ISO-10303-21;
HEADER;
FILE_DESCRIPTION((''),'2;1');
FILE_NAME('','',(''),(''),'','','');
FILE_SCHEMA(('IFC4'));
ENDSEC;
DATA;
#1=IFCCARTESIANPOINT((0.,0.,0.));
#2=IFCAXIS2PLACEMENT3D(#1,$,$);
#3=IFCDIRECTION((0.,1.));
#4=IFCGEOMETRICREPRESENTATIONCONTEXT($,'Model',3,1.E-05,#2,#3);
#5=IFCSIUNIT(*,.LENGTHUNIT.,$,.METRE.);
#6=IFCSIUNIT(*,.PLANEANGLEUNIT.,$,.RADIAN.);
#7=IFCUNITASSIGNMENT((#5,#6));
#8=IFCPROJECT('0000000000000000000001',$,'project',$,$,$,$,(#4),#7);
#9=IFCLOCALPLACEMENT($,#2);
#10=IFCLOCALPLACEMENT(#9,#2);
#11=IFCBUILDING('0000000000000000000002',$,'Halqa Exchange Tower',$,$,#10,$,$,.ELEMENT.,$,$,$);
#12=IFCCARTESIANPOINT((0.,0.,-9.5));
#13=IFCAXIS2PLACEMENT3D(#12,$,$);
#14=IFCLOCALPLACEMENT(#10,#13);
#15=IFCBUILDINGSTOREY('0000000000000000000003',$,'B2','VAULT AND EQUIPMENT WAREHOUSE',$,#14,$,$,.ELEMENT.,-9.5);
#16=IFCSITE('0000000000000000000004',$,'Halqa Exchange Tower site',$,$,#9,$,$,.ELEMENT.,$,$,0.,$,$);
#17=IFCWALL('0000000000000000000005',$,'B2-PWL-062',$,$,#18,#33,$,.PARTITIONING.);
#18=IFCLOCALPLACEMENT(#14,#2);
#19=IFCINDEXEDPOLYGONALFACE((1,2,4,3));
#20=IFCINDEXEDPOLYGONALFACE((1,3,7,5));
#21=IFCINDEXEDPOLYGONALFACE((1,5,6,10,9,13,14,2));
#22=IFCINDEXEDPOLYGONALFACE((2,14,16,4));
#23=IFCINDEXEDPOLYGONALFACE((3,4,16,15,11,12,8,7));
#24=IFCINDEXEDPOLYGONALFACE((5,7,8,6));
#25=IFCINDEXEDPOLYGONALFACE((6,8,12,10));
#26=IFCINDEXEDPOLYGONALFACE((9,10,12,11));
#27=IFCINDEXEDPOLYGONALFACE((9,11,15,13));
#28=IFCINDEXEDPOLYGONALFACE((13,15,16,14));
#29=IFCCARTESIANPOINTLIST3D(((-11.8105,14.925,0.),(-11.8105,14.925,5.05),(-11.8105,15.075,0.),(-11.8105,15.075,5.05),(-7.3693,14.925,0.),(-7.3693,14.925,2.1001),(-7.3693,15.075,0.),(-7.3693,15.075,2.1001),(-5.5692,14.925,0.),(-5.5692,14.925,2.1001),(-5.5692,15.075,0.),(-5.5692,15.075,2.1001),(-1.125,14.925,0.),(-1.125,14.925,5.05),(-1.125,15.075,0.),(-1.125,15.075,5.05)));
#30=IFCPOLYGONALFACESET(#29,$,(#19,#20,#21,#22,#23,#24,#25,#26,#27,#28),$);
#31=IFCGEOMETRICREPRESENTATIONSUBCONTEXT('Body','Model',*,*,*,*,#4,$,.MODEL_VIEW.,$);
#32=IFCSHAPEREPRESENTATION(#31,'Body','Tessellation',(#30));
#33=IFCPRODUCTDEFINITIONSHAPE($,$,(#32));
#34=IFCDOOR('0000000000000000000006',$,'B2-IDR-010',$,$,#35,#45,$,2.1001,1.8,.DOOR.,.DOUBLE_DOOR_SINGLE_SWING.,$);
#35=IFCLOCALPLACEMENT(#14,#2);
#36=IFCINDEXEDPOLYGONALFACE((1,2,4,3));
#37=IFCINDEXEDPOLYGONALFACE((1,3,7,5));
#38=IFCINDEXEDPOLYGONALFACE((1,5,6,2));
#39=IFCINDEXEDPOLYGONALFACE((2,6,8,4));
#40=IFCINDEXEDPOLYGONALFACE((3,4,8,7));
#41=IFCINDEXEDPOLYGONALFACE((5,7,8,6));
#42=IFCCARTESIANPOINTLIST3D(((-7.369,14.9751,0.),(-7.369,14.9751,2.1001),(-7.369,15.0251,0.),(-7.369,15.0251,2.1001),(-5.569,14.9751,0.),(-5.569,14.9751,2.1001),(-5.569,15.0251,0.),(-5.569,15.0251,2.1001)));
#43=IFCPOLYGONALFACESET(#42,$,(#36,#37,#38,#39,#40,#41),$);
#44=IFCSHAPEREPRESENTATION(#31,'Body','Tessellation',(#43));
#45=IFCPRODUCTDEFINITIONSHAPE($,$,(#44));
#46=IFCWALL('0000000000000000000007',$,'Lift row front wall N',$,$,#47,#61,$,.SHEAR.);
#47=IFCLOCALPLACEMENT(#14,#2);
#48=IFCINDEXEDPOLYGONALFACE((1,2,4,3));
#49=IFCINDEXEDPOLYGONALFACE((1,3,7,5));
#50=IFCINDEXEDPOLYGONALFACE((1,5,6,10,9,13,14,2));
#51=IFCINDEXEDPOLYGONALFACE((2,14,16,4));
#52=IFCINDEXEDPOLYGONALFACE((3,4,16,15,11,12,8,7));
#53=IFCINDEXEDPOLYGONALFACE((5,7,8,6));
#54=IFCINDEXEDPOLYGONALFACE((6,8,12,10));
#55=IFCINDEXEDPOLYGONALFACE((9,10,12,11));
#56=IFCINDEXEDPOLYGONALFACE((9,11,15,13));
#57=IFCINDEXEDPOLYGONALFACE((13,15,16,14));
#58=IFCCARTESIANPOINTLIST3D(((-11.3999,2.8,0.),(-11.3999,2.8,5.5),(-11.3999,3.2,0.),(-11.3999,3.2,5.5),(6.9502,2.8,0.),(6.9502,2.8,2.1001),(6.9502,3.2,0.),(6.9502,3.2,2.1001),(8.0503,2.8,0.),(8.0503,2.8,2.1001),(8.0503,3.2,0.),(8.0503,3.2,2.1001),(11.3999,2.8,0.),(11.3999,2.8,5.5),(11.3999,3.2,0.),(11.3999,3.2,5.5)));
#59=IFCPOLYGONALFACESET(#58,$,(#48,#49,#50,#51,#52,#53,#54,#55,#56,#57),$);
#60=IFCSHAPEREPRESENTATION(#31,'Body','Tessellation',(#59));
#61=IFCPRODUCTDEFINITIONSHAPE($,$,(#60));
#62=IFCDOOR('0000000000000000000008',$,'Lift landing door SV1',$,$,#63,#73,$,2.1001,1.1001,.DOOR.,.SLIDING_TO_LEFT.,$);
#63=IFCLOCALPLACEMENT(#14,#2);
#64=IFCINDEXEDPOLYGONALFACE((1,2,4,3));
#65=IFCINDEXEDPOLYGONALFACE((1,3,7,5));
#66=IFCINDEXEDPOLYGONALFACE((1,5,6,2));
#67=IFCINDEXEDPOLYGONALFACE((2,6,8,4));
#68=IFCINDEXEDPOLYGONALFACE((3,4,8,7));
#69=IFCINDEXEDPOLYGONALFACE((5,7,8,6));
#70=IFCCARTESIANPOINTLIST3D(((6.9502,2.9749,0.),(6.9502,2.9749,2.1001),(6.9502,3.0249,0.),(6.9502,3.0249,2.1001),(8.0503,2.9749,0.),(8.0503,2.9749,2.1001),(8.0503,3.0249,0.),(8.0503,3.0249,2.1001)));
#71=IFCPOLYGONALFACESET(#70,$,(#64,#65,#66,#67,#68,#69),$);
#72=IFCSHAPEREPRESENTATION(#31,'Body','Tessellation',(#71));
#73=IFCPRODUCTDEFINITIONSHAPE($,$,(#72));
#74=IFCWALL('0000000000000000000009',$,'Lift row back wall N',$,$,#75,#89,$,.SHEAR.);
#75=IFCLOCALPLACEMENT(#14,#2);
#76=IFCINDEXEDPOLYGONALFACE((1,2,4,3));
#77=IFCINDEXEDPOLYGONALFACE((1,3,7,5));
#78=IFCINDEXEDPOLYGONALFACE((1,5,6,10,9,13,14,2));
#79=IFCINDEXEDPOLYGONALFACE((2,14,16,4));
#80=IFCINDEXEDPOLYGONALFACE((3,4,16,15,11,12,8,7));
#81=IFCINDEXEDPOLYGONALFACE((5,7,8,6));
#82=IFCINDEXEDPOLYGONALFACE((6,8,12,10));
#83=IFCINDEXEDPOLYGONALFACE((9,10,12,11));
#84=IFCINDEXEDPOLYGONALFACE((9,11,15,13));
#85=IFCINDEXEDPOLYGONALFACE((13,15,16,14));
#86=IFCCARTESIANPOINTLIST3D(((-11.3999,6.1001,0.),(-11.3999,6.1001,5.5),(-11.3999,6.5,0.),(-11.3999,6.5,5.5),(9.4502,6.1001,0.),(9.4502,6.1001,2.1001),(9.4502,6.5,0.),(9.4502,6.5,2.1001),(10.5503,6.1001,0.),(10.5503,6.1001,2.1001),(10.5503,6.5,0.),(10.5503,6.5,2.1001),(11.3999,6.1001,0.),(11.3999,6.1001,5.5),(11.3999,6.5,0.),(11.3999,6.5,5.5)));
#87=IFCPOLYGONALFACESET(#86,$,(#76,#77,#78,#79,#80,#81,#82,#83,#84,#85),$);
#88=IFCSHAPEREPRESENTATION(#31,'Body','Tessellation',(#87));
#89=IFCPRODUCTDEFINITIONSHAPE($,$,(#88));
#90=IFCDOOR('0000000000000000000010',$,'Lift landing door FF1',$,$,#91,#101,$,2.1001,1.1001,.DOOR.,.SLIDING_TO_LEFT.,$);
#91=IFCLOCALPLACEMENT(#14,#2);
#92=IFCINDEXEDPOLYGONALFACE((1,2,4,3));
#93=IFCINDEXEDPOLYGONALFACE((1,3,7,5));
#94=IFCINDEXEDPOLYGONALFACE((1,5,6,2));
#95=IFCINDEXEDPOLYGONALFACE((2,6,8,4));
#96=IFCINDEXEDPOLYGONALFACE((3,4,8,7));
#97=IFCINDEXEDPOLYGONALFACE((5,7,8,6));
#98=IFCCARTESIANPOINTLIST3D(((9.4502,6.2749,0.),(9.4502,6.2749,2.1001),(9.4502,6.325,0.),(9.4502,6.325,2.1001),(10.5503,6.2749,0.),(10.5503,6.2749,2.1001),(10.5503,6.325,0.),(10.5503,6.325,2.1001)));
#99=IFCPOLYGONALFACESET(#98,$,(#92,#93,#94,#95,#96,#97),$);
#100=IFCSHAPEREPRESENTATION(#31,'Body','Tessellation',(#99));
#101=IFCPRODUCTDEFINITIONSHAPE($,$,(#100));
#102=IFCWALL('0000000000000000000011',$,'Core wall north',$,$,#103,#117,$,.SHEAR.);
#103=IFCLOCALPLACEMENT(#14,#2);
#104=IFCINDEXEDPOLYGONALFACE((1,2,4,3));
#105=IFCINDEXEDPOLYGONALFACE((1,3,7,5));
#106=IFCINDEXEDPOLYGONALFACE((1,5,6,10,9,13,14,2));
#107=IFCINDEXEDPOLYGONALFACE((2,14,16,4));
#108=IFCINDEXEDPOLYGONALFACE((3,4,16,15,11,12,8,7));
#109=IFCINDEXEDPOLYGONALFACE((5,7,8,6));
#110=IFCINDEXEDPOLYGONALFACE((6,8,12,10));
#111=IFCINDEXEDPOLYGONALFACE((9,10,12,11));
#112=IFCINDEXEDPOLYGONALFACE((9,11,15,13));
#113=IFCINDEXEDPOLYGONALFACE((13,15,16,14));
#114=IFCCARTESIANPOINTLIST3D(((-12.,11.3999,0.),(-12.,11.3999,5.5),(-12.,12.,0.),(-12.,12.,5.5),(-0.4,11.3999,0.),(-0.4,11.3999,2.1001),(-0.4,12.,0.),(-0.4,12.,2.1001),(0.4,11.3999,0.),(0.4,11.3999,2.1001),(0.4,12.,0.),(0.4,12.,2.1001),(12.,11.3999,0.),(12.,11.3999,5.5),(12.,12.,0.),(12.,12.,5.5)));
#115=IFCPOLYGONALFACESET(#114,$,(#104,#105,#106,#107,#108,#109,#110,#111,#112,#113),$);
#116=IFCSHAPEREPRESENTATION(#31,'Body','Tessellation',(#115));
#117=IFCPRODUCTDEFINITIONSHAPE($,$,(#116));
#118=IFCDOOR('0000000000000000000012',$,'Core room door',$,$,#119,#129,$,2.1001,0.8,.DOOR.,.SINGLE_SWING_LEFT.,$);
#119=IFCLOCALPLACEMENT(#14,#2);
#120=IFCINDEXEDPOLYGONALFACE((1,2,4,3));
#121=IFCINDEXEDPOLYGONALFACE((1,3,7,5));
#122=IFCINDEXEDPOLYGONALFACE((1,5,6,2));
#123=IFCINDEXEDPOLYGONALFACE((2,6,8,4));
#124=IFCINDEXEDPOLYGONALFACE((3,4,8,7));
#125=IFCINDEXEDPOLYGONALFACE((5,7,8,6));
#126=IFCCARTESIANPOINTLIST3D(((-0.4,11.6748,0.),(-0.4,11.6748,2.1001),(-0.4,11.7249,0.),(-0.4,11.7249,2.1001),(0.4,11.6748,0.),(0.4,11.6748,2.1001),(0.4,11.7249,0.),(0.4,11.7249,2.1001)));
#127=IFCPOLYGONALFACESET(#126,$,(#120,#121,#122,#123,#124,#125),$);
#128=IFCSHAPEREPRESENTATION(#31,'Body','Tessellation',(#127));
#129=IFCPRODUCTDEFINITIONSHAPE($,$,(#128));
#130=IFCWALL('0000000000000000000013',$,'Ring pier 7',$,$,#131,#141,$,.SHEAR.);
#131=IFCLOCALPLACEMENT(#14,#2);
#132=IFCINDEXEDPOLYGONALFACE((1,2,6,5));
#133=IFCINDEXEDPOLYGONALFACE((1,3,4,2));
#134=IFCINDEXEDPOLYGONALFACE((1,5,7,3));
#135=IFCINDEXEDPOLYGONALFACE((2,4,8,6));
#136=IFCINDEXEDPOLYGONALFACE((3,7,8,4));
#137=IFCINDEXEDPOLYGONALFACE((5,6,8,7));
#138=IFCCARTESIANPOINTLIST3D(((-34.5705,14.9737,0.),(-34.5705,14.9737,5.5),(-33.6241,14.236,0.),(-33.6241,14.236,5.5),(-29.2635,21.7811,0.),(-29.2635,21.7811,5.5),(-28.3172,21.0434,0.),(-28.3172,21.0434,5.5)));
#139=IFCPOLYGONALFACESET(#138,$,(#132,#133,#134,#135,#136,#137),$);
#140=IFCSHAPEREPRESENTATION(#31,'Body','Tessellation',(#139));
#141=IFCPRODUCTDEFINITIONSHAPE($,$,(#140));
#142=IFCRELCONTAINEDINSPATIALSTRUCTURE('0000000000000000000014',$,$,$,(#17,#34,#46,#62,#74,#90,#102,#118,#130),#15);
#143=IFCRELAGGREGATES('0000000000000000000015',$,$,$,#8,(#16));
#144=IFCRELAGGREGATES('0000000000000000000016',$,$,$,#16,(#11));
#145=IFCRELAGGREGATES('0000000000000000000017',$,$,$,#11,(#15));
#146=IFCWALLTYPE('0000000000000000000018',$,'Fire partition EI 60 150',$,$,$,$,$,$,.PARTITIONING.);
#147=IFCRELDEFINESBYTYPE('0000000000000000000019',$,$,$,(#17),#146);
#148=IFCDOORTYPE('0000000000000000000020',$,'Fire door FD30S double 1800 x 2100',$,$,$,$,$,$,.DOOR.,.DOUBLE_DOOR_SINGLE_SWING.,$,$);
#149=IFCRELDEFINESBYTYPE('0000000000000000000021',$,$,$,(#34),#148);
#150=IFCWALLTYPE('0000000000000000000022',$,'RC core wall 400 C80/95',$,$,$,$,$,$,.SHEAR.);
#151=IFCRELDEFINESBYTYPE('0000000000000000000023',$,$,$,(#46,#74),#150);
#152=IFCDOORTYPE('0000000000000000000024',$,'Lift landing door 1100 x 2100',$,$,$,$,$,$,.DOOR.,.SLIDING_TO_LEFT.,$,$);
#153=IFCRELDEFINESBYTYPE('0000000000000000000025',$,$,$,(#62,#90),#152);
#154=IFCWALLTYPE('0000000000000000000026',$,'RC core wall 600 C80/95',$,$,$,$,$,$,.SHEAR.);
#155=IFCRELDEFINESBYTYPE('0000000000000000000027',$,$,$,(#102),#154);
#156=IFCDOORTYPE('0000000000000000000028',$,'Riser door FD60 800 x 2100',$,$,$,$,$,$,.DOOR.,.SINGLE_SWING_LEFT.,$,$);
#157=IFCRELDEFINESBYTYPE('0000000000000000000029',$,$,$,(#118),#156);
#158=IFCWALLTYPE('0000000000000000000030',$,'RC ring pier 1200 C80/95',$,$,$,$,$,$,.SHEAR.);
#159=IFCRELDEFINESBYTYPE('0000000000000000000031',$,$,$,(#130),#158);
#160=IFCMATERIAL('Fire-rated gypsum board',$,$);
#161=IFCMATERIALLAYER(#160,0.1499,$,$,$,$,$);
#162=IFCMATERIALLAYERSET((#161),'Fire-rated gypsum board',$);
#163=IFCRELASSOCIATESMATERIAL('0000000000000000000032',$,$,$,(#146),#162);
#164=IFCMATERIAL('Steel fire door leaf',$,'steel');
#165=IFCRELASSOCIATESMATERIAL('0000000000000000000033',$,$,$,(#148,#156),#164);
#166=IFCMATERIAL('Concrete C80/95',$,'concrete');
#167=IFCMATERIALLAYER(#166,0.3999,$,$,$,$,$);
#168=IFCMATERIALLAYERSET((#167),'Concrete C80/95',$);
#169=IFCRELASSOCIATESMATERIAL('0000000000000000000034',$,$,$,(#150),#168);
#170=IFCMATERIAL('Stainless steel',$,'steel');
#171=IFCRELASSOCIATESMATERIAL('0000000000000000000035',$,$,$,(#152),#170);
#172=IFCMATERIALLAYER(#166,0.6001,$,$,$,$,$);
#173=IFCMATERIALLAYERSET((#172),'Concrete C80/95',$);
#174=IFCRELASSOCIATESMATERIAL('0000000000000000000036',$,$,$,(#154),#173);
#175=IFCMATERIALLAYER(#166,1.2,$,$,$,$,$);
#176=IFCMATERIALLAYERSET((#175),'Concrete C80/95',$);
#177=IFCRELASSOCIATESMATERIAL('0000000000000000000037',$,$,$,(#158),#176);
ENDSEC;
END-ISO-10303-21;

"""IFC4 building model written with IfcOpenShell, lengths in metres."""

from ifc_helpers import new_model, si_unit, direction, frame, frame_2d, origin, place, context, subcontext, project, spatial, rectangle, extrude, material, layer, layer_set, type_object, element, fill, save


model = new_model("IFC4")

# Units and contexts
model_context = context("Model", 3, precision=1e-05, world=origin(), true_north=direction((0.0, 1.0)))
body_context = subcontext(model_context, "Body", "Model", "MODEL_VIEW")
ifc_project = project(units=[si_unit("LENGTHUNIT", "METRE"), si_unit("PLANEANGLEUNIT", "RADIAN")], contexts=[model_context])

# Site, building, storey
site_placement = place(None, origin())
site = spatial("IfcSite", under=ifc_project, at=site_placement, Name="Halqa Exchange Tower site", CompositionType="ELEMENT", RefElevation=0.0)
building_placement = place(site_placement, origin())
building = spatial("IfcBuilding", under=site, at=building_placement, Name="Halqa Exchange Tower", CompositionType="ELEMENT")
storey_placement = place(building_placement, frame((0.0, 0.0, -9.5)))
storey = spatial("IfcBuildingStorey", under=building, at=storey_placement, Name="B2", Description="VAULT AND EQUIPMENT WAREHOUSE", CompositionType="ELEMENT", Elevation=-9.5)

# Shared definitions
ifc_material_1 = material(Name="Fire-rated gypsum board")
ifc_layer_1 = layer(ifc_material_1, 0.1499)
ifc_layer_set_1 = layer_set([ifc_layer_1], Name="Fire-rated gypsum board")
wall_type_1 = type_object("IfcWallType", Name="Fire partition EI 60 150", PredefinedType="PARTITIONING", material=ifc_layer_set_1)

# Shared definitions
ifc_material_2 = material(Name="Steel fire door leaf", Category="steel")

# Walls, openings, doors
wall_1_placement = place(storey_placement, frame((-11.8105, 15.0, 0.0), z_axis=(0.0, 0.0, 1.0), x_axis=(1.0, 0.0, 0.0)))
wall_1 = element("IfcWall", 1, at=wall_1_placement, inside=storey, type_object=wall_type_1, Name="B2-PWL-062", PredefinedType="PARTITIONING", context=body_context, shape_type="SweptSolid", body=[
    extrude(rectangle(XDim=10.6855, YDim=0.1499, at=frame_2d((5.3428, 0.0))), origin(), (0.0, 0.0, 1.0), 5.05),
])
opening_1_placement = place(wall_1_placement, frame((4.4414, 0.0, 0.0)))
opening_1 = element("IfcOpeningElement", 2, at=opening_1_placement, cuts=wall_1, PredefinedType="OPENING", context=body_context, shape_type="SweptSolid", body=[
    extrude(rectangle(XDim=1.8, YDim=2.1001, at=frame_2d((0.8999, 1.05))), frame((0.0, 0.0869, 0.0), z_axis=(0.0, -1.0, 0.0), x_axis=(1.0, 0.0, 0.0)), (0.0, 0.0, 1.0), 0.1738),
])
door_type_1 = type_object("IfcDoorType", Name="Fire door FD30S double 1800 x 2100", OperationType="DOUBLE_DOOR_SINGLE_SWING", PredefinedType="DOOR", material=ifc_material_2)
door_1_placement = place(opening_1_placement, frame((1.8, 0.0, 0.0), z_axis=(0.0, 0.0, 1.0), x_axis=(-1.0, 0.0, 0.0)))
door_1 = element("IfcDoor", 3, at=door_1_placement, inside=storey, type_object=door_type_1, Name="B2-IDR-010", OperationType="DOUBLE_DOOR_SINGLE_SWING", OverallHeight=2.1001, OverallWidth=1.8, PredefinedType="DOOR", context=body_context, shape_type="SweptSolid", body=[
    extrude(rectangle(XDim=1.8, YDim=2.1001, at=frame_2d((0.8999, 1.05))), frame((0.0, 0.0249, 0.0), z_axis=(0.0, -1.0, 0.0), x_axis=(1.0, 0.0, 0.0)), (0.0, 0.0, 1.0), 0.05),
])
fill(opening_1, door_1)
ifc_material_3 = material(Name="Concrete C80/95", Category="concrete")
ifc_layer_2 = layer(ifc_material_3, 0.3999)
ifc_layer_set_2 = layer_set([ifc_layer_2], Name="Concrete C80/95")
wall_type_2 = type_object("IfcWallType", Name="RC core wall 400 C80/95", PredefinedType="SHEAR", material=ifc_layer_set_2)
wall_2_placement = place(storey_placement, frame((-11.3999, 3.0, 0.0), z_axis=(0.0, 0.0, 1.0), x_axis=(1.0, 0.0, 0.0)))
wall_2 = element("IfcWall", 4, at=wall_2_placement, inside=storey, type_object=wall_type_2, Name="Lift row front wall N", PredefinedType="SHEAR", context=body_context, shape_type="SweptSolid", body=[
    extrude(rectangle(XDim=22.7998, YDim=0.3999, at=frame_2d((11.3999, 0.0))), origin(), (0.0, 0.0, 1.0), 5.5),
])
opening_2_placement = place(wall_2_placement, frame((18.3501, 0.0, 0.0)))
opening_2 = element("IfcOpeningElement", 5, at=opening_2_placement, cuts=wall_2, PredefinedType="OPENING", context=body_context, shape_type="SweptSolid", body=[
    extrude(rectangle(XDim=1.1001, YDim=2.1001, at=frame_2d((0.55, 1.05))), frame((0.0, 0.2119, 0.0), z_axis=(0.0, -1.0, 0.0), x_axis=(1.0, 0.0, 0.0)), (0.0, 0.0, 1.0), 0.4238),
])
ifc_material_4 = material(Name="Stainless steel", Category="steel")
door_type_2 = type_object("IfcDoorType", Name="Lift landing door 1100 x 2100", OperationType="SLIDING_TO_LEFT", PredefinedType="DOOR", material=ifc_material_4)
door_2_placement = place(opening_2_placement, origin())
door_2 = element("IfcDoor", 6, at=door_2_placement, inside=storey, type_object=door_type_2, Name="Lift landing door SV1", OperationType="SLIDING_TO_LEFT", OverallHeight=2.1001, OverallWidth=1.1001, PredefinedType="DOOR", context=body_context, shape_type="SweptSolid", body=[
    extrude(rectangle(XDim=1.1001, YDim=2.1001, at=frame_2d((0.55, 1.05))), frame((0.0, 0.0249, 0.0), z_axis=(0.0, -1.0, 0.0), x_axis=(1.0, 0.0, 0.0)), (0.0, 0.0, 1.0), 0.05),
])
fill(opening_2, door_2)
wall_3_placement = place(storey_placement, frame((-11.3999, 6.3, 0.0), z_axis=(0.0, 0.0, 1.0), x_axis=(1.0, 0.0, 0.0)))
wall_3 = element("IfcWall", 7, at=wall_3_placement, inside=storey, type_object=wall_type_2, Name="Lift row back wall N", PredefinedType="SHEAR", context=body_context, shape_type="SweptSolid", body=[
    extrude(rectangle(XDim=22.7998, YDim=0.3999, at=frame_2d((11.3999, 0.0))), origin(), (0.0, 0.0, 1.0), 5.5),
])
opening_3_placement = place(wall_3_placement, frame((20.8501, 0.0, 0.0)))
opening_3 = element("IfcOpeningElement", 8, at=opening_3_placement, cuts=wall_3, PredefinedType="OPENING", context=body_context, shape_type="SweptSolid", body=[
    extrude(rectangle(XDim=1.1001, YDim=2.1001, at=frame_2d((0.55, 1.05))), frame((0.0, 0.2119, 0.0), z_axis=(0.0, -1.0, 0.0), x_axis=(1.0, 0.0, 0.0)), (0.0, 0.0, 1.0), 0.4238),
])
door_3_placement = place(opening_3_placement, origin())
door_3 = element("IfcDoor", 9, at=door_3_placement, inside=storey, type_object=door_type_2, Name="Lift landing door FF1", OperationType="SLIDING_TO_LEFT", OverallHeight=2.1001, OverallWidth=1.1001, PredefinedType="DOOR", context=body_context, shape_type="SweptSolid", body=[
    extrude(rectangle(XDim=1.1001, YDim=2.1001, at=frame_2d((0.55, 1.05))), frame((0.0, 0.0249, 0.0), z_axis=(0.0, -1.0, 0.0), x_axis=(1.0, 0.0, 0.0)), (0.0, 0.0, 1.0), 0.05),
])
fill(opening_3, door_3)
ifc_layer_3 = layer(ifc_material_3, 0.6001)
ifc_layer_set_3 = layer_set([ifc_layer_3], Name="Concrete C80/95")
wall_type_3 = type_object("IfcWallType", Name="RC core wall 600 C80/95", PredefinedType="SHEAR", material=ifc_layer_set_3)
wall_4_placement = place(storey_placement, frame((-12.0, 11.7, 0.0), z_axis=(0.0, 0.0, 1.0), x_axis=(1.0, 0.0, 0.0)))
wall_4 = element("IfcWall", 10, at=wall_4_placement, inside=storey, type_object=wall_type_3, Name="Core wall north", PredefinedType="SHEAR", context=body_context, shape_type="SweptSolid", body=[
    extrude(rectangle(XDim=24.0, YDim=0.6001, at=frame_2d((12.0, 0.0))), origin(), (0.0, 0.0, 1.0), 5.5),
])
opening_4_placement = place(wall_4_placement, frame((11.6001, 0.0, 0.0)))
opening_4 = element("IfcOpeningElement", 11, at=opening_4_placement, cuts=wall_4, PredefinedType="OPENING", context=body_context, shape_type="SweptSolid", body=[
    extrude(rectangle(XDim=0.8, YDim=2.1001, at=frame_2d((0.3999, 1.05))), frame((0.0, 0.312, 0.0), z_axis=(0.0, -1.0, 0.0), x_axis=(1.0, 0.0, 0.0)), (0.0, 0.0, 1.0), 0.624),
])
door_type_3 = type_object("IfcDoorType", Name="Riser door FD60 800 x 2100", OperationType="SINGLE_SWING_LEFT", PredefinedType="DOOR", material=ifc_material_2)
door_4_placement = place(opening_4_placement, origin())
door_4 = element("IfcDoor", 12, at=door_4_placement, inside=storey, type_object=door_type_3, Name="Core room door", OperationType="SINGLE_SWING_LEFT", OverallHeight=2.1001, OverallWidth=0.8, PredefinedType="DOOR", context=body_context, shape_type="SweptSolid", body=[
    extrude(rectangle(XDim=0.8, YDim=2.1001, at=frame_2d((0.3999, 1.05))), frame((0.0, 0.0249, 0.0), z_axis=(0.0, -1.0, 0.0), x_axis=(1.0, 0.0, 0.0)), (0.0, 0.0, 1.0), 0.05),
])
fill(opening_4, door_4)

# Wall
ifc_layer_4 = layer(ifc_material_3, 1.2)
ifc_layer_set_4 = layer_set([ifc_layer_4], Name="Concrete C80/95")
wall_type_4 = type_object("IfcWallType", Name="RC ring pier 1200 C80/95", PredefinedType="SHEAR", material=ifc_layer_set_4)
wall_5_placement = place(storey_placement, frame((-28.7903, 21.4124, 0.0), z_axis=(0.0, 0.0, 1.0), x_axis=(-0.614825, -0.788663, 0.0)))
element("IfcWall", 13, at=wall_5_placement, inside=storey, type_object=wall_type_4, Name="Ring pier 7", PredefinedType="SHEAR", context=body_context, shape_type="SweptSolid", body=[
    extrude(rectangle(XDim=8.6316, YDim=1.2, at=frame_2d((4.3159, 0.0))), origin(), (0.0, 0.0, 1.0), 5.5),
])

save(model, "model.ifc")
